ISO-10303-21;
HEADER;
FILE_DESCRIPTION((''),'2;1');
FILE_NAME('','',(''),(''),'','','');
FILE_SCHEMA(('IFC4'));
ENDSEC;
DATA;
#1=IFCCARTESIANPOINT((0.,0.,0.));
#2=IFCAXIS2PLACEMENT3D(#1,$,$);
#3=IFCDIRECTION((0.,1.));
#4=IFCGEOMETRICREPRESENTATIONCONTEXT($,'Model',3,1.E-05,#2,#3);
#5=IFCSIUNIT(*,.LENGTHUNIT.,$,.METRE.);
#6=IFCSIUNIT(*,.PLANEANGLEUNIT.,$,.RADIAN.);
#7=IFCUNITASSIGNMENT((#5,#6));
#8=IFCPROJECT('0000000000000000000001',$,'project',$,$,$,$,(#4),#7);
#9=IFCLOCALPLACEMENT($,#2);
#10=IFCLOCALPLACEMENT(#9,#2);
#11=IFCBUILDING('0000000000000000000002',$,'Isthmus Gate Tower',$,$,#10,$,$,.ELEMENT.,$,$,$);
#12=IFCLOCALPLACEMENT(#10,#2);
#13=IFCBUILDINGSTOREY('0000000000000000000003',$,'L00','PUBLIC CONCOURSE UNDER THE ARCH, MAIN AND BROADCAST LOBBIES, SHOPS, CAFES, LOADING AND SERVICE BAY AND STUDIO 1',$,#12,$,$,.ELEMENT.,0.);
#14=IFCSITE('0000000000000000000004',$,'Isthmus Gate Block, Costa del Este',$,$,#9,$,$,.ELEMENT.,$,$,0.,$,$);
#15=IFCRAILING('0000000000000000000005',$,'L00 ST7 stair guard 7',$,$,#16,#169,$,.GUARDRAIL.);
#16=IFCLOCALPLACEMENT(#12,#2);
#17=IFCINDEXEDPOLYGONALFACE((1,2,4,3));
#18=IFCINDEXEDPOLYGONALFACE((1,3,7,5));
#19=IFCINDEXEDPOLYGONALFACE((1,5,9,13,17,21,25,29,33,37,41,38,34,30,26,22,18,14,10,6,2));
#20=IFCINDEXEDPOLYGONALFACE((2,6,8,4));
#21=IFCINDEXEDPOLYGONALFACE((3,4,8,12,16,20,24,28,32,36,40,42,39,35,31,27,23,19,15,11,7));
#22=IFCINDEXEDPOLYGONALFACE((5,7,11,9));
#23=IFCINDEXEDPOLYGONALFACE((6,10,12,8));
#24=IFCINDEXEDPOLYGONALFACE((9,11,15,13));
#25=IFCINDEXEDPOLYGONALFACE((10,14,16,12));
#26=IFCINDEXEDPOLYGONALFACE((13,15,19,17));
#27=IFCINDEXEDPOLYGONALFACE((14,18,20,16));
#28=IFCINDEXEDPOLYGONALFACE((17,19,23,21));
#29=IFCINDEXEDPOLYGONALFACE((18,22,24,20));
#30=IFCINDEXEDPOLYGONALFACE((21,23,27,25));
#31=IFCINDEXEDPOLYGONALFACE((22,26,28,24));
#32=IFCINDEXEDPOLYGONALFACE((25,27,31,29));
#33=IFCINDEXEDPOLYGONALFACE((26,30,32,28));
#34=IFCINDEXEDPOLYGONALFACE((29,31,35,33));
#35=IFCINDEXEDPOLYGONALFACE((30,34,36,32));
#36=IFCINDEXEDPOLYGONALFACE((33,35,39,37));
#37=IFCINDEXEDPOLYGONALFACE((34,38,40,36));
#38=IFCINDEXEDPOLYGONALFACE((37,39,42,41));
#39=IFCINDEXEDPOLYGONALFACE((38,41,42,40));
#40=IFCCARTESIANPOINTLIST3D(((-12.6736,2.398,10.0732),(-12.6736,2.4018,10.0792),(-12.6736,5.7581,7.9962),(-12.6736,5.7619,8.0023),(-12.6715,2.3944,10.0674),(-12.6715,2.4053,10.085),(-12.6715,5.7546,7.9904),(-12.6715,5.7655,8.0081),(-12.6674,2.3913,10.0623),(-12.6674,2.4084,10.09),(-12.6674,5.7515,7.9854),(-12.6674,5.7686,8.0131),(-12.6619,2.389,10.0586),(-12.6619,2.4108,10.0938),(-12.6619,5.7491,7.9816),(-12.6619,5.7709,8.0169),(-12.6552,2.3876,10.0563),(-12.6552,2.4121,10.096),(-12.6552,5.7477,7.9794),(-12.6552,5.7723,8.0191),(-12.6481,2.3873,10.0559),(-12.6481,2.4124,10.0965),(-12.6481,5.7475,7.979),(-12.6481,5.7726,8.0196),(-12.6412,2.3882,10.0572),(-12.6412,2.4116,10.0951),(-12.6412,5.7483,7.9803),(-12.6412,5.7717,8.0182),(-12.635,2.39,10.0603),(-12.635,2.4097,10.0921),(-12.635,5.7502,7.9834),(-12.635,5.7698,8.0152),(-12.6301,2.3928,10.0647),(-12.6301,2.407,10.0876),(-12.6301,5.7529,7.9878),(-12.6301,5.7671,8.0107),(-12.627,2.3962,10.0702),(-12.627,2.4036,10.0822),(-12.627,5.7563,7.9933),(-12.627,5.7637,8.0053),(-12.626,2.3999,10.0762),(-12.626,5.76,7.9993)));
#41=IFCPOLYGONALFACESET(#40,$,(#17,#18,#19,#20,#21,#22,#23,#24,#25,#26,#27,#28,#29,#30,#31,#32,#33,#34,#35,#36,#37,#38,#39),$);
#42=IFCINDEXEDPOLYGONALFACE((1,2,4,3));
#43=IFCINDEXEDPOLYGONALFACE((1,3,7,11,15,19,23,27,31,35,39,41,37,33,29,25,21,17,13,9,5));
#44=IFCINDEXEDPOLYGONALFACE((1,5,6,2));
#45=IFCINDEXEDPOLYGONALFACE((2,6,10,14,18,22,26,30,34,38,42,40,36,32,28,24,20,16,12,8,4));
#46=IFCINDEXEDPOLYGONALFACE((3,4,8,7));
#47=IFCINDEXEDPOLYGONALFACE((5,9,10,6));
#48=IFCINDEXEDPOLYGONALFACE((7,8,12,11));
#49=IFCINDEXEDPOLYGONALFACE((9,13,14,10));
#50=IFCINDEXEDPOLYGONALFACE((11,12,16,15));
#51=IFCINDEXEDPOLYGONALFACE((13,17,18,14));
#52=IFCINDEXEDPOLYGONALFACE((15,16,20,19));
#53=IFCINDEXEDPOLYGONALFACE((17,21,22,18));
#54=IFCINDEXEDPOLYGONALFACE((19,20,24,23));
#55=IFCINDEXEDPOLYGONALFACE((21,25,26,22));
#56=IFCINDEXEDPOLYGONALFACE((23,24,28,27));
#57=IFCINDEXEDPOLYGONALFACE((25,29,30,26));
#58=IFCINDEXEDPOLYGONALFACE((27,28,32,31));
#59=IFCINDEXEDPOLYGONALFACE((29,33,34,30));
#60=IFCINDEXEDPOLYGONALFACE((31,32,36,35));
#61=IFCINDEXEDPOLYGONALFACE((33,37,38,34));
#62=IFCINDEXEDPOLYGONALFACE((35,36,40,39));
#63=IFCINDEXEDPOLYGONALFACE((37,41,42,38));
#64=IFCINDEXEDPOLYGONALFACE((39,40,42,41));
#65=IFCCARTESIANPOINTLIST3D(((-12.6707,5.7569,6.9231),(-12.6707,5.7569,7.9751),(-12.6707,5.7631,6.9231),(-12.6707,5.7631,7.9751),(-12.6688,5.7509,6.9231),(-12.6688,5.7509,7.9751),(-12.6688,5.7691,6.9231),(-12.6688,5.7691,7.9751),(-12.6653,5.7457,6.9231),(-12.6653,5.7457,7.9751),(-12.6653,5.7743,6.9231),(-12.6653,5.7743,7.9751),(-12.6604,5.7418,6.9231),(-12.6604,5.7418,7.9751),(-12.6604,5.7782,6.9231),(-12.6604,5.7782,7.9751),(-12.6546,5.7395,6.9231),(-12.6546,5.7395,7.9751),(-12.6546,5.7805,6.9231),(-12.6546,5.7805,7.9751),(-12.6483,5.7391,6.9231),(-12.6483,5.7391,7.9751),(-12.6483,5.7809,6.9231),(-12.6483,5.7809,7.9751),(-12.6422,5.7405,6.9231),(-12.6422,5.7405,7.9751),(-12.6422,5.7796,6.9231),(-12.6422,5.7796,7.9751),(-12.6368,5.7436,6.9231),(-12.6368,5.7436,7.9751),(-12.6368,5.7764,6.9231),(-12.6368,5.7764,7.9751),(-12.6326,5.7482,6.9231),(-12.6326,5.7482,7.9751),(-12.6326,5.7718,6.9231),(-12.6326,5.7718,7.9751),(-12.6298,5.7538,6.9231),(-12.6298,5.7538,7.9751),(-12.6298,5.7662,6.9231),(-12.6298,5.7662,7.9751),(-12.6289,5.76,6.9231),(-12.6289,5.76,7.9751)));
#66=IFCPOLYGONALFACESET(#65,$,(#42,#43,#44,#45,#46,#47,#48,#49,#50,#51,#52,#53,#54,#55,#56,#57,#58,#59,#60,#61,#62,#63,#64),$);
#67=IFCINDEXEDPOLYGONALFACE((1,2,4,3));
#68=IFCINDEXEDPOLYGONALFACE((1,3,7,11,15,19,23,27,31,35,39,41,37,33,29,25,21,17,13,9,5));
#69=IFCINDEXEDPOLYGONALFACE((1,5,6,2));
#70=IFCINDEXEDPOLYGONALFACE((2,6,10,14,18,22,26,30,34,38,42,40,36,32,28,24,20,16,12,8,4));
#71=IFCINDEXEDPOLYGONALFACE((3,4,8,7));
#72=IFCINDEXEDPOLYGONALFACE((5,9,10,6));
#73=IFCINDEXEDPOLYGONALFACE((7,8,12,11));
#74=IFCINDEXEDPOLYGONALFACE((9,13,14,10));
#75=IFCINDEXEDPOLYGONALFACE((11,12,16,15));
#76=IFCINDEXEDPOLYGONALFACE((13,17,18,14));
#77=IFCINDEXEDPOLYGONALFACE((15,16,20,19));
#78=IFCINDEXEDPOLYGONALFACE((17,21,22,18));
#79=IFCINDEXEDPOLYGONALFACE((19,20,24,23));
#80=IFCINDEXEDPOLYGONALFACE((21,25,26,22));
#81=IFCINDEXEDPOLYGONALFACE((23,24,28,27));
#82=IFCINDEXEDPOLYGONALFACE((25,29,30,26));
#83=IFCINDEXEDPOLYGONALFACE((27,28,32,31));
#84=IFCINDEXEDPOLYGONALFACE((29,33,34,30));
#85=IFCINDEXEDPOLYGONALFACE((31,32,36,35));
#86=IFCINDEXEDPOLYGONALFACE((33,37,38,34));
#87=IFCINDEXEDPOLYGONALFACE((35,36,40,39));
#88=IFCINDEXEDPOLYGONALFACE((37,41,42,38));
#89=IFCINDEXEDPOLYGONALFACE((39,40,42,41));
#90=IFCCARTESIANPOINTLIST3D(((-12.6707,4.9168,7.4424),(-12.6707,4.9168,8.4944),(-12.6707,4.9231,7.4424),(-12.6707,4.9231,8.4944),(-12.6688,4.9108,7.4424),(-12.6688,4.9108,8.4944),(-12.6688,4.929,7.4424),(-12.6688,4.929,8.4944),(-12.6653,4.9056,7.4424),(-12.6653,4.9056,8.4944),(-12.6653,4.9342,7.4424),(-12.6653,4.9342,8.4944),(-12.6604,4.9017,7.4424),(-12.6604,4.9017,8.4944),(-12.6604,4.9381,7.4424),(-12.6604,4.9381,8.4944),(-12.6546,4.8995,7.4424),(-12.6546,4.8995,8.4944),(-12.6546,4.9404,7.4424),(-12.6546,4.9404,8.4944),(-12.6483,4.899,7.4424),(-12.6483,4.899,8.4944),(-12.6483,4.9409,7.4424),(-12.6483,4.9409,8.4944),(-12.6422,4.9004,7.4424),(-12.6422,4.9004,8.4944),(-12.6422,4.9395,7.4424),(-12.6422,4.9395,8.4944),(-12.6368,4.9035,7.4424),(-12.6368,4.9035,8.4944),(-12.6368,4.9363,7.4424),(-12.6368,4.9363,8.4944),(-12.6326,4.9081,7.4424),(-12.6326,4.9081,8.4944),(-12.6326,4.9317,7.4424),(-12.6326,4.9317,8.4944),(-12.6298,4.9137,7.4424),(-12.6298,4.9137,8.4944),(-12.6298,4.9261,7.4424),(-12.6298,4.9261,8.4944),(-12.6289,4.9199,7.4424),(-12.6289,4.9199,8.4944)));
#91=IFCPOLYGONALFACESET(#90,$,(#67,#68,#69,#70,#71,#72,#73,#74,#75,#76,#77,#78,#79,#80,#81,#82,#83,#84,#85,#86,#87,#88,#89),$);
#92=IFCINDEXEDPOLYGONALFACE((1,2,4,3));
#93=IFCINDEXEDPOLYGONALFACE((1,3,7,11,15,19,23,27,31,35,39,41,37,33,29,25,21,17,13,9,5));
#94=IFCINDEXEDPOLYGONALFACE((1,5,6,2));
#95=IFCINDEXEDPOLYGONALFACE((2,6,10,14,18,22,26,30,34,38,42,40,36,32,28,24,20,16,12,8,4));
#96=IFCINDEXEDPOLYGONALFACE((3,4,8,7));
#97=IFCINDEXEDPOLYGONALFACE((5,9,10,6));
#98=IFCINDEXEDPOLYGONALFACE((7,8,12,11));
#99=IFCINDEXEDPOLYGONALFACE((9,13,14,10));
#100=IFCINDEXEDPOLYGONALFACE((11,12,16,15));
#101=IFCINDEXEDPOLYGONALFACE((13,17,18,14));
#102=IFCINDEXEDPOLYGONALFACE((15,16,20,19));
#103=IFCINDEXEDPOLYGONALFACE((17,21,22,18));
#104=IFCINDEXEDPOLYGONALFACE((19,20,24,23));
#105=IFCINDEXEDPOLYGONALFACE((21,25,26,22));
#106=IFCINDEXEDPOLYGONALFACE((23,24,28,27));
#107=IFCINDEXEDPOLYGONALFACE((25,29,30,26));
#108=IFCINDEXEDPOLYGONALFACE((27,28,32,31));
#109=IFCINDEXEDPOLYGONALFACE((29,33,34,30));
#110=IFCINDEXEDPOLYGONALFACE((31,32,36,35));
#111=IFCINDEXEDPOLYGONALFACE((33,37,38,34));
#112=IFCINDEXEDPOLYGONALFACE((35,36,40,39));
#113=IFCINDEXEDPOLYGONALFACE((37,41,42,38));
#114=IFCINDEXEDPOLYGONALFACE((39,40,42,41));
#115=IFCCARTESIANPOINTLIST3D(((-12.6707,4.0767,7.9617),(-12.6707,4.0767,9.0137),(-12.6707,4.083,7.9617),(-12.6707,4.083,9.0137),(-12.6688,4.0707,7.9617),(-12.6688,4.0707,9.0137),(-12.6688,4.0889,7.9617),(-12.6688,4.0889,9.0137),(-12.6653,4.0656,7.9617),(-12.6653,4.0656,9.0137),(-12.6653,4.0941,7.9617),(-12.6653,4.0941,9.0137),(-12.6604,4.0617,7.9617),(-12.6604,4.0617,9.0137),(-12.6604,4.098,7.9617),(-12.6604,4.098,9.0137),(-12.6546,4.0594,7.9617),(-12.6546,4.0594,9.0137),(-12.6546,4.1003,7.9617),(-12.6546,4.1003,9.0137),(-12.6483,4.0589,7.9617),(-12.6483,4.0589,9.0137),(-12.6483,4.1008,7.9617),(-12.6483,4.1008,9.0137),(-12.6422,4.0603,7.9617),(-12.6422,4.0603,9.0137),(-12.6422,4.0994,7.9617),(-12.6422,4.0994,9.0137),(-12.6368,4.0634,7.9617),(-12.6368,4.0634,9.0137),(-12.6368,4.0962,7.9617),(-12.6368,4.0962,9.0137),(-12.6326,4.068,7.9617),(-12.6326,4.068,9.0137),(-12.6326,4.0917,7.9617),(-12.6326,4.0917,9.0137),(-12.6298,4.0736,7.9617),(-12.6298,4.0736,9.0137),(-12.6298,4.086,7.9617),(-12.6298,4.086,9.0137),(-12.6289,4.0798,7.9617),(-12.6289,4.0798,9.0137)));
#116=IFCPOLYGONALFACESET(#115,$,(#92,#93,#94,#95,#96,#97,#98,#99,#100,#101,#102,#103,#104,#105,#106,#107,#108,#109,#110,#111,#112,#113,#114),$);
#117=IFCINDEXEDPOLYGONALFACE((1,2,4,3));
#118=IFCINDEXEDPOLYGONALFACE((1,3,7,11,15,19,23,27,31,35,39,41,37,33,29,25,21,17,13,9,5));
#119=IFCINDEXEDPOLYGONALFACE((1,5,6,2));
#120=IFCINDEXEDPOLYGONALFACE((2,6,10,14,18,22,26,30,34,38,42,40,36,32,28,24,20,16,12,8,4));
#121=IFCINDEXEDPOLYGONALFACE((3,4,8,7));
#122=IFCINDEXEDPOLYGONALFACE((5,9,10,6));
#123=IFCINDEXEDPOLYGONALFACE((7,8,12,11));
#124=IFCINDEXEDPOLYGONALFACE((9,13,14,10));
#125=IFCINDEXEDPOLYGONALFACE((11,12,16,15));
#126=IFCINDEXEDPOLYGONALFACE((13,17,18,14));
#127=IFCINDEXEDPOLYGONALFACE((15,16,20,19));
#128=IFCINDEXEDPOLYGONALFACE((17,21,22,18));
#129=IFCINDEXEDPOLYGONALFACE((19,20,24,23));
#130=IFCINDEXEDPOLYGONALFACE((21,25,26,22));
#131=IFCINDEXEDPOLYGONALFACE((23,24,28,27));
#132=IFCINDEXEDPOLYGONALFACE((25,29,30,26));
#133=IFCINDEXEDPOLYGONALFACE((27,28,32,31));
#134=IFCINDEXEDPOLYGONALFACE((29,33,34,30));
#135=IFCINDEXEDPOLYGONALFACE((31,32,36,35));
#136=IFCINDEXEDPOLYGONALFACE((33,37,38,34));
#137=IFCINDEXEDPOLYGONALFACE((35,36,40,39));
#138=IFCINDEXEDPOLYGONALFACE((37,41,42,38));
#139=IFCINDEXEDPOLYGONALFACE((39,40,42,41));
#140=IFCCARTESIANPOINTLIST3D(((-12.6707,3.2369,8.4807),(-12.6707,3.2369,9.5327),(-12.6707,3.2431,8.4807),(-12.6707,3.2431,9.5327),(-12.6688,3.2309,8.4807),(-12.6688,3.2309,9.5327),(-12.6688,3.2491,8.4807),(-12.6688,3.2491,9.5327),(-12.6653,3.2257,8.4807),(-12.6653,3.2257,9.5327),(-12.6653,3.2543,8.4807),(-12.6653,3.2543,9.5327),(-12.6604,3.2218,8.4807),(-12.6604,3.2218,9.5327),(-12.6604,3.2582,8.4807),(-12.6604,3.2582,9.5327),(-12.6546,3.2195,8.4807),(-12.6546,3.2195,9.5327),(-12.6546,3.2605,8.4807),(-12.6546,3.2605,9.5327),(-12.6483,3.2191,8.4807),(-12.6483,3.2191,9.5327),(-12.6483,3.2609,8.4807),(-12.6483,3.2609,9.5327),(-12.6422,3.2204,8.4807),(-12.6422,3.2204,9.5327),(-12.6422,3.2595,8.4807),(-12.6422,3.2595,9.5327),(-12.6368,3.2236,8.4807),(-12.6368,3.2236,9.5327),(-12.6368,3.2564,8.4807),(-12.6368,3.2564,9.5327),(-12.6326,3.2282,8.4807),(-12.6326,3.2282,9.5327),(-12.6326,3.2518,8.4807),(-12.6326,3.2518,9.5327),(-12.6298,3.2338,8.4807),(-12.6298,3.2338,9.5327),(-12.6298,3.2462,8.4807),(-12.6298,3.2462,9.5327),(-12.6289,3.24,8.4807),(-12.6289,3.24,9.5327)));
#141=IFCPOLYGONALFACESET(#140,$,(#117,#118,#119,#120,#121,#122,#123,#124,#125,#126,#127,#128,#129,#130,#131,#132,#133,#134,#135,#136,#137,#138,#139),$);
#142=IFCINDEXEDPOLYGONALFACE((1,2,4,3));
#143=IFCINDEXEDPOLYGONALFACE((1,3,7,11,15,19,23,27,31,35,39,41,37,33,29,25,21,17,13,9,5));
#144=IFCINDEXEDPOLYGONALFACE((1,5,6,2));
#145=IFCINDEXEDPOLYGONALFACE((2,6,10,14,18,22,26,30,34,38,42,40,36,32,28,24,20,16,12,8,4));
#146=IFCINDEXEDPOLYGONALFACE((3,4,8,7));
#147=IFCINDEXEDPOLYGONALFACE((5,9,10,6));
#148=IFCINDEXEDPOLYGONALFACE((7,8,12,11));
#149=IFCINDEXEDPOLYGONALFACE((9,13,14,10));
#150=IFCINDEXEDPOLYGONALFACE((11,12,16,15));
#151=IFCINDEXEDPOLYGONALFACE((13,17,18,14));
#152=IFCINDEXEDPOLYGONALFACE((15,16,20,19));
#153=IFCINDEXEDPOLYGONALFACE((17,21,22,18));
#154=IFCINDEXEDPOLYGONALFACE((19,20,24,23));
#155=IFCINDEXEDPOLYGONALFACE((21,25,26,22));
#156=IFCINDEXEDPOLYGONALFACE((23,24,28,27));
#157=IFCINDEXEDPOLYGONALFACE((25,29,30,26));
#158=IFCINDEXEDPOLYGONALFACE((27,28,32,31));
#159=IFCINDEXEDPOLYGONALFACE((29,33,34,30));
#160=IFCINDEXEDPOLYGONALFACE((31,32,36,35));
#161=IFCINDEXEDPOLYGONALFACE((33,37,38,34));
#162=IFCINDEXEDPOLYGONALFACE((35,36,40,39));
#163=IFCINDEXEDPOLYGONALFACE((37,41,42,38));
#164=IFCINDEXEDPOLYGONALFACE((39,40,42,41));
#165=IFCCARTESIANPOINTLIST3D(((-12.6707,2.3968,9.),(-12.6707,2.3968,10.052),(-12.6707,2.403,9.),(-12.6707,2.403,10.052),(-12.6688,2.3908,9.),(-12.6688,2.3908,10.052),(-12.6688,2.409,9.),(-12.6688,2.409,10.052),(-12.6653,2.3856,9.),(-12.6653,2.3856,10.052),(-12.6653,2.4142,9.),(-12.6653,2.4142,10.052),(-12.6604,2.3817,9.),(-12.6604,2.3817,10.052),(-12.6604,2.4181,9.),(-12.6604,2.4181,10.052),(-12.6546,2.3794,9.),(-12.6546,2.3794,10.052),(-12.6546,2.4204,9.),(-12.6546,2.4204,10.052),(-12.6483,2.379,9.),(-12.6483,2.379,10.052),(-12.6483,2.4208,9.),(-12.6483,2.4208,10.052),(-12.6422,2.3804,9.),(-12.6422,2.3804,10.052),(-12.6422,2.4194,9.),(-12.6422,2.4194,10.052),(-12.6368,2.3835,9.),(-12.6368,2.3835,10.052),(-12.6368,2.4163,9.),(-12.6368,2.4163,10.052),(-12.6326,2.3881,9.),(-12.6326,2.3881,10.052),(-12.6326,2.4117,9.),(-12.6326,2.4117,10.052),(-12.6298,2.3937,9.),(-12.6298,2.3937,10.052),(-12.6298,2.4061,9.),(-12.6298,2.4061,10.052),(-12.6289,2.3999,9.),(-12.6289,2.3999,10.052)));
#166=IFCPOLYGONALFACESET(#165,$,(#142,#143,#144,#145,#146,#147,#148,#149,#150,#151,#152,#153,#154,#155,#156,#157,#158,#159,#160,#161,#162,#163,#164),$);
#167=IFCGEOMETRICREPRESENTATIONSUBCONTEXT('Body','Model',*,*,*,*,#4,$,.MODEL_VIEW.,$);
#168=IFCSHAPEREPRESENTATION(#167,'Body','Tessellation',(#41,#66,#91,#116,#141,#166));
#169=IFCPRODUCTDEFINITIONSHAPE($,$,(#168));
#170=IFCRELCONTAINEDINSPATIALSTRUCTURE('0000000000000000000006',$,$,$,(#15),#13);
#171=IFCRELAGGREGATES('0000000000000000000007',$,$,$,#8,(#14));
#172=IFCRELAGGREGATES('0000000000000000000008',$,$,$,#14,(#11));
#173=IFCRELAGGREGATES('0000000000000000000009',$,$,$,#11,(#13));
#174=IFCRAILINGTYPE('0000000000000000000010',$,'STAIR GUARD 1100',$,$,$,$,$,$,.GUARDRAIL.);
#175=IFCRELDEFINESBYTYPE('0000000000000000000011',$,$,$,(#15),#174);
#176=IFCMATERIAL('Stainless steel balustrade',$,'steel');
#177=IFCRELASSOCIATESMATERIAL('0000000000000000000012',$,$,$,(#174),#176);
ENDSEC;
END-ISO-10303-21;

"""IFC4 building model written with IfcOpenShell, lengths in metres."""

from ifc_helpers import new_model, si_unit, direction, frame, origin, origin_2d, place, context, subcontext, project, spatial, circle, extrude, material, type_object, element, save


model = new_model("IFC4")

# Units and contexts
model_context = context("Model", 3, precision=1e-05, world=origin(), true_north=direction((0.0, 1.0)))
body_context = subcontext(model_context, "Body", "Model", "MODEL_VIEW")
ifc_project = project(units=[si_unit("LENGTHUNIT", "METRE"), si_unit("PLANEANGLEUNIT", "RADIAN")], contexts=[model_context])

# Site, building, storey
site_placement = place(None, origin())
site = spatial("IfcSite", under=ifc_project, at=site_placement, Name="Isthmus Gate Block, Costa del Este", CompositionType="ELEMENT", RefElevation=0.0)
building_placement = place(site_placement, origin())
building = spatial("IfcBuilding", under=site, at=building_placement, Name="Isthmus Gate Tower", CompositionType="ELEMENT")
storey_placement = place(building_placement, origin())
storey = spatial("IfcBuildingStorey", under=building, at=storey_placement, Name="L00", Description="PUBLIC CONCOURSE UNDER THE ARCH, MAIN AND BROADCAST LOBBIES, SHOPS, CAFES, LOADING AND SERVICE BAY AND STUDIO 1", CompositionType="ELEMENT", Elevation=0.0)

# Railing
ifc_material_1 = material(Name="Stainless steel balustrade", Category="steel")
railing_type_1 = type_object("IfcRailingType", Name="STAIR GUARD 1100", PredefinedType="GUARDRAIL", material=ifc_material_1)
railing_1_placement = place(storey_placement, frame((-12.6499, 5.76, 6.9231)))
element("IfcRailing", 1, at=railing_1_placement, inside=storey, type_object=railing_type_1, Name="L00 ST7 stair guard 7", PredefinedType="GUARDRAIL", context=body_context, shape_type="SweptSolid", body=[
    extrude(circle(Radius=0.0239, at=origin_2d()), frame((0.0, 0.0, 1.0762), z_axis=(0.0, -0.850623, 0.525776), x_axis=(1.0, 0.0, 0.0)), (0.0, 0.0, 1.0), 3.9502),
    extrude(circle(Radius=0.021, at=origin_2d()), origin(), (0.0, 0.0, 1.0), 1.052),
    extrude(circle(Radius=0.021, at=origin_2d()), frame((0.0, -0.8401, 0.5193)), (0.0, 0.0, 1.0), 1.052),
    extrude(circle(Radius=0.021, at=origin_2d()), frame((0.0, -1.6802, 1.0386)), (0.0, 0.0, 1.0), 1.052),
    extrude(circle(Radius=0.021, at=origin_2d()), frame((0.0, -2.52, 1.5576)), (0.0, 0.0, 1.0), 1.052),
    extrude(circle(Radius=0.021, at=origin_2d()), frame((0.0, -3.3601, 2.0769)), (0.0, 0.0, 1.0), 1.052),
])

save(model, "model.ifc")
